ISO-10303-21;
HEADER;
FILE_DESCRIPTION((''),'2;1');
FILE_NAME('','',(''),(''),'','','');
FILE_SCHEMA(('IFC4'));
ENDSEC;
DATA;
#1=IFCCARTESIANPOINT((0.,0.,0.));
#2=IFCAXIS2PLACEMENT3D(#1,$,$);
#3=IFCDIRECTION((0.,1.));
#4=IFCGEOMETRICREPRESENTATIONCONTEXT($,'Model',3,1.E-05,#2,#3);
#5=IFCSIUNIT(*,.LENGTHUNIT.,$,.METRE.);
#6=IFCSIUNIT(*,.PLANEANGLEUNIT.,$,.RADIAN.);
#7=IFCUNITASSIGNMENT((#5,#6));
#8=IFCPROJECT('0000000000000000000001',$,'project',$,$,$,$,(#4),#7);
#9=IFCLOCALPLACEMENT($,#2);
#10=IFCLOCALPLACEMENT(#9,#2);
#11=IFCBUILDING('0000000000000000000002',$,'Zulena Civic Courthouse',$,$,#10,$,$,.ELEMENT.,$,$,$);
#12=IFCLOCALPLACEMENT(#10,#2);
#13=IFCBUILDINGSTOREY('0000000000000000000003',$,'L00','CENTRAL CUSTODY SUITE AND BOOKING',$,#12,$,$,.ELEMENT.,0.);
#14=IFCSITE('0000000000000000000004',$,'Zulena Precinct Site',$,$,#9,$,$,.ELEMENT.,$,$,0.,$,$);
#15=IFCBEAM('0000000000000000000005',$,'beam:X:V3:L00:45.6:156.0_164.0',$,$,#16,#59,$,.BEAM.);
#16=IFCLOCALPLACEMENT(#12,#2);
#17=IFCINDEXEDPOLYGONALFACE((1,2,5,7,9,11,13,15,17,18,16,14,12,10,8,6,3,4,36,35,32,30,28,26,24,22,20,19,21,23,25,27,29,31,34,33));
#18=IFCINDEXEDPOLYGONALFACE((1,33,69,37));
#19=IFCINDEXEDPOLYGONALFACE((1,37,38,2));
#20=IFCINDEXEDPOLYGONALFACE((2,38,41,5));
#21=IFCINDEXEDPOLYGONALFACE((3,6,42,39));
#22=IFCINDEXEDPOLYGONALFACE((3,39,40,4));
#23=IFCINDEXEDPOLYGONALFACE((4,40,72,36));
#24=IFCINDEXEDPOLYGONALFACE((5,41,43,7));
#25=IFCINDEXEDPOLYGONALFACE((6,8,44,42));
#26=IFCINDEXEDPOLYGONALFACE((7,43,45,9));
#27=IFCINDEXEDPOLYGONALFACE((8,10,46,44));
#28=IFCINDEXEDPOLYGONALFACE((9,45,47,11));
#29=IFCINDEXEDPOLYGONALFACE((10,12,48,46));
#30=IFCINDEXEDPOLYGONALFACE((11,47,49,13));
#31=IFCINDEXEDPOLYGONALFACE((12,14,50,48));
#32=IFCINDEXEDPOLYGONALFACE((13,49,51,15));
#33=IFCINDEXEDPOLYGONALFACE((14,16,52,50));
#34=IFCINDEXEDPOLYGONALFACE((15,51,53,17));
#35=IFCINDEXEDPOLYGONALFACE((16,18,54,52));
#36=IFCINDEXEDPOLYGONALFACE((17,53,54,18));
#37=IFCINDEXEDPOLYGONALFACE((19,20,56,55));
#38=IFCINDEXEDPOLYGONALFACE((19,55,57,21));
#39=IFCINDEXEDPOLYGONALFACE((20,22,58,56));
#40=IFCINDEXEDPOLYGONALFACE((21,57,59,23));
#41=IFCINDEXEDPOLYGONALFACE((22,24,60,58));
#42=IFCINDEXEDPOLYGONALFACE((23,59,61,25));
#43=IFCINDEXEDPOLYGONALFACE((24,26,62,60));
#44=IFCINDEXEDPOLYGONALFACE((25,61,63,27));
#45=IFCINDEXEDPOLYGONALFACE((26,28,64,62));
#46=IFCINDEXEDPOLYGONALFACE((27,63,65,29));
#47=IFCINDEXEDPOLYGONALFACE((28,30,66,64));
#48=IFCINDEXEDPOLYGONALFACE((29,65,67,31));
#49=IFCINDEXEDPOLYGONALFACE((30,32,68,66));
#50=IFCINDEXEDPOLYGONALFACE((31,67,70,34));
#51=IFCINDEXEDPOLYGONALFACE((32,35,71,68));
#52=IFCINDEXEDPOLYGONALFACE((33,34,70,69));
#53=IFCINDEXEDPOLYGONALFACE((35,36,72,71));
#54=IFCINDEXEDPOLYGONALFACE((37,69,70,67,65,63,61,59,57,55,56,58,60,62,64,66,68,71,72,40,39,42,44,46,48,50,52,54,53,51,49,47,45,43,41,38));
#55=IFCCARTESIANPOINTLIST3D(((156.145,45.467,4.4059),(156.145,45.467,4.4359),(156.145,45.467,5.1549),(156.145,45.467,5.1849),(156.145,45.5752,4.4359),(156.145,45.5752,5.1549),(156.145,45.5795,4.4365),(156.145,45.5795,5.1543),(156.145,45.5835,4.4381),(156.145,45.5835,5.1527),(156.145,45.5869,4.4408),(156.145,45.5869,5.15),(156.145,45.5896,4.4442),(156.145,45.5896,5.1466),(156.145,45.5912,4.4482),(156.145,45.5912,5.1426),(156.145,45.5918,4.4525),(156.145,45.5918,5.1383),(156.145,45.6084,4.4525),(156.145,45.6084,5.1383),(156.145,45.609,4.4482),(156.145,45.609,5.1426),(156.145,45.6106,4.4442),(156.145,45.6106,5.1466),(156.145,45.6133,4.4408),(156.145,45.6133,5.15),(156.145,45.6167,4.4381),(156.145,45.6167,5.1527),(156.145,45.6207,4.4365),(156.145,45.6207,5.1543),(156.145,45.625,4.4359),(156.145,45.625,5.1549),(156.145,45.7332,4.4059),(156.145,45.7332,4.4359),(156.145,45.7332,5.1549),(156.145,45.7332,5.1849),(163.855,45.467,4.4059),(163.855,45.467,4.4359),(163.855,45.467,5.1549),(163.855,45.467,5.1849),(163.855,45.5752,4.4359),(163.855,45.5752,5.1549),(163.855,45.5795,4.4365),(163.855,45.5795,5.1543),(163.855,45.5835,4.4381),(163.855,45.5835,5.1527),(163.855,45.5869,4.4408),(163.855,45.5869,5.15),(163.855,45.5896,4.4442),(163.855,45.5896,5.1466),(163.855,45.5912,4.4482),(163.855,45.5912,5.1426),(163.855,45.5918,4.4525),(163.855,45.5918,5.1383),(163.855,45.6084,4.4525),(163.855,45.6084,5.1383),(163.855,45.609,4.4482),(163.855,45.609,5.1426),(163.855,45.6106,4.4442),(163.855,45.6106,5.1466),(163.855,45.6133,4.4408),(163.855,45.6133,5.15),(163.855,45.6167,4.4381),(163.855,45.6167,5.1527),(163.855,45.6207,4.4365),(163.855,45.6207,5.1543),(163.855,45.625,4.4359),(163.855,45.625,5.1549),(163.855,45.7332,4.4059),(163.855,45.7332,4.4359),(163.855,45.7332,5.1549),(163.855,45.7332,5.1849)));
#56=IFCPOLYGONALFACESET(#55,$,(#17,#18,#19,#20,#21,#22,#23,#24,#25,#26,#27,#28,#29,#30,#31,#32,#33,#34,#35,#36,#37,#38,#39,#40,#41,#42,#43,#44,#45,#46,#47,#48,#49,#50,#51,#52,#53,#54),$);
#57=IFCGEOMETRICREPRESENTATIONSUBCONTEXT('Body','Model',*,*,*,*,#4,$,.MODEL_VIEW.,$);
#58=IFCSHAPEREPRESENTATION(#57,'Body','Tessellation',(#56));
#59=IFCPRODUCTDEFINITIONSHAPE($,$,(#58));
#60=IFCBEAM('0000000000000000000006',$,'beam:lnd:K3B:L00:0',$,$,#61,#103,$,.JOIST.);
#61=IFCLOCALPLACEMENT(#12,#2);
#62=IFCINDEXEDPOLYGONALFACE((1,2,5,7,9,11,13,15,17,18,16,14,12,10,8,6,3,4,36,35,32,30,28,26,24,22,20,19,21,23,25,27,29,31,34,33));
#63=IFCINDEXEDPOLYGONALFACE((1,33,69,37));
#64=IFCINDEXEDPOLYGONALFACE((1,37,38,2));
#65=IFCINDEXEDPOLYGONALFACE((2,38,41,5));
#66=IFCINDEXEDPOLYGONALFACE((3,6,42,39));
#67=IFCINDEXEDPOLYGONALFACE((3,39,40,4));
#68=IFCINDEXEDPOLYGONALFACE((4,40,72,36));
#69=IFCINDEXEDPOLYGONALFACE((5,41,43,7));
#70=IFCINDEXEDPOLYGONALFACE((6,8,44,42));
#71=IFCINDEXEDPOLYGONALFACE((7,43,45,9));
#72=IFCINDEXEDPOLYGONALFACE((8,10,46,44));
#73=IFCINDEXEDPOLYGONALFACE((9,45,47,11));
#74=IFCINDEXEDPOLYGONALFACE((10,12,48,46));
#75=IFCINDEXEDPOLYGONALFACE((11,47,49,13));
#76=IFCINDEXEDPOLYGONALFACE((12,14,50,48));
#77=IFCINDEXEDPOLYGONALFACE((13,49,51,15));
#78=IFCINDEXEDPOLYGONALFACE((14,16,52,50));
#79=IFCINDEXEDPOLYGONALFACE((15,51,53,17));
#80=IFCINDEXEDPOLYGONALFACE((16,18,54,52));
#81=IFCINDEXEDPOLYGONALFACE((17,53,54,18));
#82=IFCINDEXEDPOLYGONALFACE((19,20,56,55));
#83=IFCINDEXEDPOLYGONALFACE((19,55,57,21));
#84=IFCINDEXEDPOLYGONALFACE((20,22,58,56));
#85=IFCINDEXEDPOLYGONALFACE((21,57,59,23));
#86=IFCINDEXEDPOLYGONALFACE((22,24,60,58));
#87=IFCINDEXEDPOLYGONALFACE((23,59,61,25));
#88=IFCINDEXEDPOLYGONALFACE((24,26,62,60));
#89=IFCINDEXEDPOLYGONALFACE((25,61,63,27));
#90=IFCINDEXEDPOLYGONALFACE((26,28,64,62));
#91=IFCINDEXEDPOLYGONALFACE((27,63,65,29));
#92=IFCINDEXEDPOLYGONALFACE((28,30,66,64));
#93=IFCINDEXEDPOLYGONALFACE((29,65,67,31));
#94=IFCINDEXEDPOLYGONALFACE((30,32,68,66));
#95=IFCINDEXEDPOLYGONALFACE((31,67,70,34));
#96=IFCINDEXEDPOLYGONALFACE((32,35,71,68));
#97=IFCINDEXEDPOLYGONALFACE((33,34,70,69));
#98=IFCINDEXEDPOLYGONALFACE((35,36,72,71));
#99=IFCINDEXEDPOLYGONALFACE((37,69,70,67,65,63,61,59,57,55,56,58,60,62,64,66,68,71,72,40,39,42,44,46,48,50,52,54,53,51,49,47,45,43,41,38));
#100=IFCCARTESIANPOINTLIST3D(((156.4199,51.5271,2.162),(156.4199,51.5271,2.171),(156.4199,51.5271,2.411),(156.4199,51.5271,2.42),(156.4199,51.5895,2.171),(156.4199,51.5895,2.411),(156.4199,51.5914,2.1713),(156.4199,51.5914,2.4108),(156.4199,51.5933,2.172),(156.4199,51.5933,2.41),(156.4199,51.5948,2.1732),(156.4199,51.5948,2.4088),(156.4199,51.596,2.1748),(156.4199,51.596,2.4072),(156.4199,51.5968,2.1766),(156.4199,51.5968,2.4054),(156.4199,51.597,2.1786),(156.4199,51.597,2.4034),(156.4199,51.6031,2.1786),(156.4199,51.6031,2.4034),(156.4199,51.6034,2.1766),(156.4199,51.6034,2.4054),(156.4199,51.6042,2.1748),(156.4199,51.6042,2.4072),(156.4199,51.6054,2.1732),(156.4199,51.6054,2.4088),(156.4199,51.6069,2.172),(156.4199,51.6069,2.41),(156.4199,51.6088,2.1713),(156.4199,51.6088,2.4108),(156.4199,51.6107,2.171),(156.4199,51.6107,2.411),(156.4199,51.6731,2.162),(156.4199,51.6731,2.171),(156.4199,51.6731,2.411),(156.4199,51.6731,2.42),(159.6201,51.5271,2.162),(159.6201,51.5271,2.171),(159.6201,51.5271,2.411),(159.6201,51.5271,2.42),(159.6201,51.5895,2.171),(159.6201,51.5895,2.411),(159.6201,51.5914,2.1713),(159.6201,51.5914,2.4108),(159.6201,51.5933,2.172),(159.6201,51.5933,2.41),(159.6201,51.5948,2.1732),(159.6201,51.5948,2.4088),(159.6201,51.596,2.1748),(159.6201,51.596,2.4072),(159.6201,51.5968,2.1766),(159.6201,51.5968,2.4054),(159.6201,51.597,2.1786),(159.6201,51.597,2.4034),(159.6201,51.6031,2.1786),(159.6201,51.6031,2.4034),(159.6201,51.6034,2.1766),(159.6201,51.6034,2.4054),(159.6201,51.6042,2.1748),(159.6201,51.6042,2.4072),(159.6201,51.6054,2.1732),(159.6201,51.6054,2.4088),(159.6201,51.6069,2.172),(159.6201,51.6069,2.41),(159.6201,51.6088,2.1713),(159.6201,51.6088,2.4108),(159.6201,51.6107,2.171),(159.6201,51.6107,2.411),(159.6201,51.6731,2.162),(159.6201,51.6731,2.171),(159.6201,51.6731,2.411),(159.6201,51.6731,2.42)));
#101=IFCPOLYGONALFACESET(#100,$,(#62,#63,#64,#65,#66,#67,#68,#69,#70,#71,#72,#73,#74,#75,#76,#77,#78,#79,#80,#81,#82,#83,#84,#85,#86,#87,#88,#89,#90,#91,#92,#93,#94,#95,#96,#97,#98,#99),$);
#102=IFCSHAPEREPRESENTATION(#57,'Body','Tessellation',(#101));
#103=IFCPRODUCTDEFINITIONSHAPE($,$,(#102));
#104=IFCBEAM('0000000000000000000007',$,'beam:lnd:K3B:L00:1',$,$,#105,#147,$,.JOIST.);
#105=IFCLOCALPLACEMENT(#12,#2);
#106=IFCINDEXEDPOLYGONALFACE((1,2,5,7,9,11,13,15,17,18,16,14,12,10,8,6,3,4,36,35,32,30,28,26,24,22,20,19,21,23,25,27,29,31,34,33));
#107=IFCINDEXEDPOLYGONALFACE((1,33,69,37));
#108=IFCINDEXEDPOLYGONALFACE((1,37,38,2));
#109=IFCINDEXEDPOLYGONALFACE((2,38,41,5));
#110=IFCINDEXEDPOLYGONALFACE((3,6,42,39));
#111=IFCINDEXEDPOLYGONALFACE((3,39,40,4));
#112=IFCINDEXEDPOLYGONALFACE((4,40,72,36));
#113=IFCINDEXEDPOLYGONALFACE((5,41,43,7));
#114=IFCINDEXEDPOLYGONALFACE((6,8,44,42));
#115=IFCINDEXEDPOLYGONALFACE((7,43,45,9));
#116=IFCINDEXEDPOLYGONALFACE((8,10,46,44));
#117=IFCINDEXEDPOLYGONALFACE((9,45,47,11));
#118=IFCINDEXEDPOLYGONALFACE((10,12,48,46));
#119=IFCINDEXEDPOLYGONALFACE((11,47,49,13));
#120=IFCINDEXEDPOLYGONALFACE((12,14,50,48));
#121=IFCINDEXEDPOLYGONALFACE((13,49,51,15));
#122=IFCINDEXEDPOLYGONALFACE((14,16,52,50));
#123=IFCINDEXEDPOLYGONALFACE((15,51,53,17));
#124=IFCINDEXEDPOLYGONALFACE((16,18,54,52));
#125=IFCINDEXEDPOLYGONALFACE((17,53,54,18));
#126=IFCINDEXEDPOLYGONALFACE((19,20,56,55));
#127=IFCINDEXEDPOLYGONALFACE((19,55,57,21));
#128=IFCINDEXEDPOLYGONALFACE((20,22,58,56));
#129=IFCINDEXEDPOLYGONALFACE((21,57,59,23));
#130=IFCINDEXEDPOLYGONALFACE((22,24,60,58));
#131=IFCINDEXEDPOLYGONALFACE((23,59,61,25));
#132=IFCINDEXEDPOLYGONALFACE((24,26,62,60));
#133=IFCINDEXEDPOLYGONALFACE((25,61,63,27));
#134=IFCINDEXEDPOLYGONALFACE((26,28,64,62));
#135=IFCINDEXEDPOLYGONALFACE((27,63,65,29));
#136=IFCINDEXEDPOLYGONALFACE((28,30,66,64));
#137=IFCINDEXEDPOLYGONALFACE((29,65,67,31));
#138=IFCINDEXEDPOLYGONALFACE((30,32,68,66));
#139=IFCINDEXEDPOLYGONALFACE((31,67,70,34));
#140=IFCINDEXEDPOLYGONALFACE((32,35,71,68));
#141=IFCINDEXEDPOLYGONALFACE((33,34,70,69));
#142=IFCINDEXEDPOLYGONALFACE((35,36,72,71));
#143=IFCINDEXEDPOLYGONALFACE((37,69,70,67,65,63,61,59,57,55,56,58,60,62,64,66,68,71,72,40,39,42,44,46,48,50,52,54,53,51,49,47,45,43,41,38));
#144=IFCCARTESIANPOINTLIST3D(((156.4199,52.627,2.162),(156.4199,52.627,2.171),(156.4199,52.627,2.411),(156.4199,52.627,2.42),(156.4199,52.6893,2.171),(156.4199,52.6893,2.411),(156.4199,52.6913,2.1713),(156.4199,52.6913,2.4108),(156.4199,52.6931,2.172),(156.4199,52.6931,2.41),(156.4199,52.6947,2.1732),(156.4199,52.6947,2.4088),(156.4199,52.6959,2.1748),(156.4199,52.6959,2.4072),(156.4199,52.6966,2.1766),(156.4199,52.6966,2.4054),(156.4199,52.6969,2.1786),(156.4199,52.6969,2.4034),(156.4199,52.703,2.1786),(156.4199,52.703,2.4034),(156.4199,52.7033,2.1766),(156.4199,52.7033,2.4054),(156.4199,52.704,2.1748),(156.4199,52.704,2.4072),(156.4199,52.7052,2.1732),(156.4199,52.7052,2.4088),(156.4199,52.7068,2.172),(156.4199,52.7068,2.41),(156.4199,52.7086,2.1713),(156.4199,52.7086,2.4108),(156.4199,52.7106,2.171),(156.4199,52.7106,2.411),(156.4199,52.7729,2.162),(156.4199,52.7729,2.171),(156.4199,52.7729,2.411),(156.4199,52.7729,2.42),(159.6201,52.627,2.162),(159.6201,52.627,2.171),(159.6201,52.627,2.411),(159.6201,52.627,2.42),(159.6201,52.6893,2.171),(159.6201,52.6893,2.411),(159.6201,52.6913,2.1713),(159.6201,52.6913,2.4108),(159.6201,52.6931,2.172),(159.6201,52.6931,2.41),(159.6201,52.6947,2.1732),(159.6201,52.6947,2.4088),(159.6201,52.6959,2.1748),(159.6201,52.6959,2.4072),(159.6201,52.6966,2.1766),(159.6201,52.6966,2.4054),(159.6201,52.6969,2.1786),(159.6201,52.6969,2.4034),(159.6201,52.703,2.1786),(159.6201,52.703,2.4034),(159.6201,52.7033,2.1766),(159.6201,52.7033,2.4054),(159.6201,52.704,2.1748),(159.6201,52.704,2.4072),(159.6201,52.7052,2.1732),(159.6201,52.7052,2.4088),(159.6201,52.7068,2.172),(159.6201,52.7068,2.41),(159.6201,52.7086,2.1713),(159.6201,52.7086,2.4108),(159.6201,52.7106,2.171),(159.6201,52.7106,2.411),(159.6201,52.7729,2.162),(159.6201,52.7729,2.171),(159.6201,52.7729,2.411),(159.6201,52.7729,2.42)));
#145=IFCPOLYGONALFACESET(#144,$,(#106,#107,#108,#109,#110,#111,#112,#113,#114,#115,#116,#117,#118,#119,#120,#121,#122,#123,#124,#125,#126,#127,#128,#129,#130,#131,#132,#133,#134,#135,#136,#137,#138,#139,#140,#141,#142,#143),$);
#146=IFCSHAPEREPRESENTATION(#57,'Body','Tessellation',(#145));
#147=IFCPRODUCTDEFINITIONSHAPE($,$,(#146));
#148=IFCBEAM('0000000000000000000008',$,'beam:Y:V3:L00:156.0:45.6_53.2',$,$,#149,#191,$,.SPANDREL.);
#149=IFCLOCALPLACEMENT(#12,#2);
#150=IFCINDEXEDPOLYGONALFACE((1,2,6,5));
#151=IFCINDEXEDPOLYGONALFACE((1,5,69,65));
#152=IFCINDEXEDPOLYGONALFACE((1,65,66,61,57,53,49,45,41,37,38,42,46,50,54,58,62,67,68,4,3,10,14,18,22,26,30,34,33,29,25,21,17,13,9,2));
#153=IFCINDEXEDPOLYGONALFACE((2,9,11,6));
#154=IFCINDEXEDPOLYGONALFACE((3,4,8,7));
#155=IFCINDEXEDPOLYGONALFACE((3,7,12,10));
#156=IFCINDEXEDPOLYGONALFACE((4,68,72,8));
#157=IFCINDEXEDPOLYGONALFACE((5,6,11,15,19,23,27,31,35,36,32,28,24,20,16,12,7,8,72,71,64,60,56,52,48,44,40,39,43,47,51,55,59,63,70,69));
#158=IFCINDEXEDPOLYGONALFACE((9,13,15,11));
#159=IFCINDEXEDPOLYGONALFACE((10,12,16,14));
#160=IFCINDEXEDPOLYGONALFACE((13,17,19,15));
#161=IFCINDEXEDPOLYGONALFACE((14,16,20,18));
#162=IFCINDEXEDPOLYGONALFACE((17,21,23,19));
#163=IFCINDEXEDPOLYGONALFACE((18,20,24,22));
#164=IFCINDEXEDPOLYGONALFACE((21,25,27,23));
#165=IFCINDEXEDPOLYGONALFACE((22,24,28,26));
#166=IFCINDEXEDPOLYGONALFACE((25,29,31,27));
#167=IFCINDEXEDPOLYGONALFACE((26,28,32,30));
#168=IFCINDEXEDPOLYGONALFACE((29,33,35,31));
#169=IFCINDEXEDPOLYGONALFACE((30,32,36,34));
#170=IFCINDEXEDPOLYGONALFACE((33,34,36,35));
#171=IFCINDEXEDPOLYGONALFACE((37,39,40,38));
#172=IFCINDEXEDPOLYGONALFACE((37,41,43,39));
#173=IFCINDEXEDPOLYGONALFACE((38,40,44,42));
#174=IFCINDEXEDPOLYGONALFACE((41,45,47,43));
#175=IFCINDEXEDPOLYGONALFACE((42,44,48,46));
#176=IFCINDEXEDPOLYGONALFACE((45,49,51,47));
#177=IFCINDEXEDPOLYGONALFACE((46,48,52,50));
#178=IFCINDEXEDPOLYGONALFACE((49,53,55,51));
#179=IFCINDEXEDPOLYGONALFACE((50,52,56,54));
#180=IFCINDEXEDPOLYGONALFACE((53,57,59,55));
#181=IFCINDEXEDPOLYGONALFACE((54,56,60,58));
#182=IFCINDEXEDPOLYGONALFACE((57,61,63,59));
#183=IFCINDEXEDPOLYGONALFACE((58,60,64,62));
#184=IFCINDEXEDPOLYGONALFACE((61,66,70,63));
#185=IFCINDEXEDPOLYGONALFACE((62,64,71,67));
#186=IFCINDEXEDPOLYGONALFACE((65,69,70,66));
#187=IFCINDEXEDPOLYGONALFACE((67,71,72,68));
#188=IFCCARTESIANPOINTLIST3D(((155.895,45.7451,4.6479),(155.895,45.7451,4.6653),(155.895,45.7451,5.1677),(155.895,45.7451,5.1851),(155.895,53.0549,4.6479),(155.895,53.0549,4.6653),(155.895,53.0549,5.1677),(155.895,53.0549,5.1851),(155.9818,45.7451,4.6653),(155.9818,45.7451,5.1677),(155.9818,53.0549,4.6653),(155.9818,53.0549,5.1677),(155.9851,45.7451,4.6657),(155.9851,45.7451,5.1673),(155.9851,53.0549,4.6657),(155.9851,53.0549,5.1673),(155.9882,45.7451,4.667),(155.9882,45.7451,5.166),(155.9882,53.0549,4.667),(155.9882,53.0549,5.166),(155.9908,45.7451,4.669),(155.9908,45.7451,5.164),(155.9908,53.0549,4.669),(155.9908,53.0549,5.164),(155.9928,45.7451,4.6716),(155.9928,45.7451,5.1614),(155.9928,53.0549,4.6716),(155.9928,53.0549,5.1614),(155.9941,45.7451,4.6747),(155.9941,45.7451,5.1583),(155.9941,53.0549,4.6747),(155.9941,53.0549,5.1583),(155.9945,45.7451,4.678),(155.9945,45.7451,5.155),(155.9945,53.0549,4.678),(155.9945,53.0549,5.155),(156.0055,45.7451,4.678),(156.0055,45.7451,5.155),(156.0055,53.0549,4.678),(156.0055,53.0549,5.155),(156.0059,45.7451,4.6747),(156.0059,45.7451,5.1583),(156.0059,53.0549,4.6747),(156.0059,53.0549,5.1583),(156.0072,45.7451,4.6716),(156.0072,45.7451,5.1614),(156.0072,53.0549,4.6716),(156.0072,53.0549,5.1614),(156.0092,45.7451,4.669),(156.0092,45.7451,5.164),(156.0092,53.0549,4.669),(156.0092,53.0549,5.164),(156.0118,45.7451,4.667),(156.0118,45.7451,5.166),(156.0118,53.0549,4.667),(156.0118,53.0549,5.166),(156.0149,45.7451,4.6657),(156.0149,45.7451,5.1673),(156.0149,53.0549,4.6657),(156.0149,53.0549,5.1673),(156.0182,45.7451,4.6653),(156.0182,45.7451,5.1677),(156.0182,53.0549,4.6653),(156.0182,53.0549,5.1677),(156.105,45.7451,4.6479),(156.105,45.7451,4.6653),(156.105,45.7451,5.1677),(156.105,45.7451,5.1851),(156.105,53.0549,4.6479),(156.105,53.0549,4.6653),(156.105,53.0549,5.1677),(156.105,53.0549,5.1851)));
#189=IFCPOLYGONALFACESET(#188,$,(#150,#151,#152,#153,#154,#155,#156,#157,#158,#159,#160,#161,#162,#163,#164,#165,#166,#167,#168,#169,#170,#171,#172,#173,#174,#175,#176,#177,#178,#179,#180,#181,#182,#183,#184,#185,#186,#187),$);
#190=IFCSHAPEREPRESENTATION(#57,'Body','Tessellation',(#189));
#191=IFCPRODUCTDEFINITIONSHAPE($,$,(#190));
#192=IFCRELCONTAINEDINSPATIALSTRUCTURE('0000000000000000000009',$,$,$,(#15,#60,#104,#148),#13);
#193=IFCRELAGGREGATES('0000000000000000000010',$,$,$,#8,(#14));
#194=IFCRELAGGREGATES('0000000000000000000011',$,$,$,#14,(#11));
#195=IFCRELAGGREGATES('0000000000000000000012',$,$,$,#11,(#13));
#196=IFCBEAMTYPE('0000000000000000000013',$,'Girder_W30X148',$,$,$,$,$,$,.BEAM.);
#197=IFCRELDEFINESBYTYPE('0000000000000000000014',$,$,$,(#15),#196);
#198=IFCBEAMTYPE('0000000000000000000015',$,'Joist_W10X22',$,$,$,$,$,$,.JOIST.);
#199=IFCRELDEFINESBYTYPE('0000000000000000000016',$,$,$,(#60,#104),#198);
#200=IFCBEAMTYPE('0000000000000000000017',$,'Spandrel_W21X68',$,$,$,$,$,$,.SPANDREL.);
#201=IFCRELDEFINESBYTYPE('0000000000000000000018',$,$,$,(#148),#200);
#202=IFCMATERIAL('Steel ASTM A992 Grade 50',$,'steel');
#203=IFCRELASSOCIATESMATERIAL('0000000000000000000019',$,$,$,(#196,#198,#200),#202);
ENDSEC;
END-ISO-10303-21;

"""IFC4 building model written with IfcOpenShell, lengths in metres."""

from ifc_helpers import new_model, si_unit, direction, frame, origin, origin_2d, place, context, subcontext, project, spatial, i_section, extrude, material, material_profile, profile_set, type_object, element, save


model = new_model("IFC4")

# Units and contexts
model_context = context("Model", 3, precision=1e-05, world=origin(), true_north=direction((0.0, 1.0)))
body_context = subcontext(model_context, "Body", "Model", "MODEL_VIEW")
ifc_project = project(units=[si_unit("LENGTHUNIT", "METRE"), si_unit("PLANEANGLEUNIT", "RADIAN")], contexts=[model_context])

# Site, building, storey
site_placement = place(None, origin())
site = spatial("IfcSite", under=ifc_project, at=site_placement, Name="Zulena Precinct Site", CompositionType="ELEMENT", RefElevation=0.0)
building_placement = place(site_placement, origin())
building = spatial("IfcBuilding", under=site, at=building_placement, Name="Zulena Civic Courthouse", CompositionType="ELEMENT")
storey_placement = place(building_placement, origin())
storey = spatial("IfcBuildingStorey", under=building, at=storey_placement, Name="L00", Description="CENTRAL CUSTODY SUITE AND BOOKING", CompositionType="ELEMENT", Elevation=0.0)

# Shared definitions
ifc_material_1 = material(Name="Steel ASTM A992 Grade 50", Category="steel")

# Beams
ifc_material_profile_1 = material_profile(ifc_material_1, i_section(OverallWidth=0.2661, OverallDepth=0.7791, WebThickness=0.0166, FlangeThickness=0.03, FilletRadius=0.0166, at=origin_2d()), Name="W30X148")
ifc_profile_set_1 = profile_set([ifc_material_profile_1], Name="Steel ASTM A992 Grade 50")
beam_type_1 = type_object("IfcBeamType", Name="Girder_W30X148", PredefinedType="BEAM", material=ifc_profile_set_1)
beam_1_placement = place(storey_placement, frame((156.145, 45.6001, 4.7954), z_axis=(1.0, 0.0, 0.0), x_axis=(0.0, 1.0, 0.0)))
element("IfcBeam", 1, at=beam_1_placement, inside=storey, type_object=beam_type_1, Name="beam:X:V3:L00:45.6:156.0_164.0", PredefinedType="BEAM", context=body_context, shape_type="SweptSolid", body=[
    extrude(i_section(OverallWidth=0.2661, OverallDepth=0.7791, WebThickness=0.0166, FlangeThickness=0.03, FilletRadius=0.0166, at=origin_2d()), origin(), (0.0, 0.0, 1.0), 7.71),
])
ifc_material_profile_2 = material_profile(ifc_material_1, i_section(OverallWidth=0.146, OverallDepth=0.2581, WebThickness=0.0061, FlangeThickness=0.009, FilletRadius=0.0076, at=origin_2d()), Name="W10X22")
ifc_profile_set_2 = profile_set([ifc_material_profile_2], Name="Steel ASTM A992 Grade 50")
beam_type_2 = type_object("IfcBeamType", Name="Joist_W10X22", PredefinedType="JOIST", material=ifc_profile_set_2)
for number, where, z_axis, x_axis, name in (
    (2, (156.4199, 51.6001, 2.291), (1.0, 0.0, 0.0), (0.0, 1.0, 0.0), "beam:lnd:K3B:L00:0"),
    (3, (156.4199, 52.7, 2.291), (1.0, 0.0, 0.0), (0.0, 1.0, 0.0), "beam:lnd:K3B:L00:1"),
):
    element("IfcBeam", number, at=place(storey_placement, frame(where, z_axis=z_axis, x_axis=x_axis)), inside=storey, type_object=beam_type_2, Name=name, PredefinedType="JOIST", context=body_context, shape_type="SweptSolid", body=[
        extrude(i_section(OverallWidth=0.146, OverallDepth=0.2581, WebThickness=0.0061, FlangeThickness=0.009, FilletRadius=0.0076, at=origin_2d()), origin(), (0.0, 0.0, 1.0), 3.2002),
    ])
ifc_material_profile_3 = material_profile(ifc_material_1, i_section(OverallWidth=0.21, OverallDepth=0.5371, WebThickness=0.011, FlangeThickness=0.0173, FilletRadius=0.0127, at=origin_2d()), Name="W21X68")
ifc_profile_set_3 = profile_set([ifc_material_profile_3], Name="Steel ASTM A992 Grade 50")
beam_type_3 = type_object("IfcBeamType", Name="Spandrel_W21X68", PredefinedType="SPANDREL", material=ifc_profile_set_3)
beam_2_placement = place(storey_placement, frame((156.0, 45.7451, 4.9165), z_axis=(0.0, 1.0, 0.0), x_axis=(-1.0, 0.0, 0.0)))
element("IfcBeam", 4, at=beam_2_placement, inside=storey, type_object=beam_type_3, Name="beam:Y:V3:L00:156.0:45.6_53.2", PredefinedType="SPANDREL", context=body_context, shape_type="SweptSolid", body=[
    extrude(i_section(OverallWidth=0.21, OverallDepth=0.5371, WebThickness=0.011, FlangeThickness=0.0173, FilletRadius=0.0127, at=origin_2d()), origin(), (0.0, 0.0, 1.0), 7.3098),
])

save(model, "model.ifc")
